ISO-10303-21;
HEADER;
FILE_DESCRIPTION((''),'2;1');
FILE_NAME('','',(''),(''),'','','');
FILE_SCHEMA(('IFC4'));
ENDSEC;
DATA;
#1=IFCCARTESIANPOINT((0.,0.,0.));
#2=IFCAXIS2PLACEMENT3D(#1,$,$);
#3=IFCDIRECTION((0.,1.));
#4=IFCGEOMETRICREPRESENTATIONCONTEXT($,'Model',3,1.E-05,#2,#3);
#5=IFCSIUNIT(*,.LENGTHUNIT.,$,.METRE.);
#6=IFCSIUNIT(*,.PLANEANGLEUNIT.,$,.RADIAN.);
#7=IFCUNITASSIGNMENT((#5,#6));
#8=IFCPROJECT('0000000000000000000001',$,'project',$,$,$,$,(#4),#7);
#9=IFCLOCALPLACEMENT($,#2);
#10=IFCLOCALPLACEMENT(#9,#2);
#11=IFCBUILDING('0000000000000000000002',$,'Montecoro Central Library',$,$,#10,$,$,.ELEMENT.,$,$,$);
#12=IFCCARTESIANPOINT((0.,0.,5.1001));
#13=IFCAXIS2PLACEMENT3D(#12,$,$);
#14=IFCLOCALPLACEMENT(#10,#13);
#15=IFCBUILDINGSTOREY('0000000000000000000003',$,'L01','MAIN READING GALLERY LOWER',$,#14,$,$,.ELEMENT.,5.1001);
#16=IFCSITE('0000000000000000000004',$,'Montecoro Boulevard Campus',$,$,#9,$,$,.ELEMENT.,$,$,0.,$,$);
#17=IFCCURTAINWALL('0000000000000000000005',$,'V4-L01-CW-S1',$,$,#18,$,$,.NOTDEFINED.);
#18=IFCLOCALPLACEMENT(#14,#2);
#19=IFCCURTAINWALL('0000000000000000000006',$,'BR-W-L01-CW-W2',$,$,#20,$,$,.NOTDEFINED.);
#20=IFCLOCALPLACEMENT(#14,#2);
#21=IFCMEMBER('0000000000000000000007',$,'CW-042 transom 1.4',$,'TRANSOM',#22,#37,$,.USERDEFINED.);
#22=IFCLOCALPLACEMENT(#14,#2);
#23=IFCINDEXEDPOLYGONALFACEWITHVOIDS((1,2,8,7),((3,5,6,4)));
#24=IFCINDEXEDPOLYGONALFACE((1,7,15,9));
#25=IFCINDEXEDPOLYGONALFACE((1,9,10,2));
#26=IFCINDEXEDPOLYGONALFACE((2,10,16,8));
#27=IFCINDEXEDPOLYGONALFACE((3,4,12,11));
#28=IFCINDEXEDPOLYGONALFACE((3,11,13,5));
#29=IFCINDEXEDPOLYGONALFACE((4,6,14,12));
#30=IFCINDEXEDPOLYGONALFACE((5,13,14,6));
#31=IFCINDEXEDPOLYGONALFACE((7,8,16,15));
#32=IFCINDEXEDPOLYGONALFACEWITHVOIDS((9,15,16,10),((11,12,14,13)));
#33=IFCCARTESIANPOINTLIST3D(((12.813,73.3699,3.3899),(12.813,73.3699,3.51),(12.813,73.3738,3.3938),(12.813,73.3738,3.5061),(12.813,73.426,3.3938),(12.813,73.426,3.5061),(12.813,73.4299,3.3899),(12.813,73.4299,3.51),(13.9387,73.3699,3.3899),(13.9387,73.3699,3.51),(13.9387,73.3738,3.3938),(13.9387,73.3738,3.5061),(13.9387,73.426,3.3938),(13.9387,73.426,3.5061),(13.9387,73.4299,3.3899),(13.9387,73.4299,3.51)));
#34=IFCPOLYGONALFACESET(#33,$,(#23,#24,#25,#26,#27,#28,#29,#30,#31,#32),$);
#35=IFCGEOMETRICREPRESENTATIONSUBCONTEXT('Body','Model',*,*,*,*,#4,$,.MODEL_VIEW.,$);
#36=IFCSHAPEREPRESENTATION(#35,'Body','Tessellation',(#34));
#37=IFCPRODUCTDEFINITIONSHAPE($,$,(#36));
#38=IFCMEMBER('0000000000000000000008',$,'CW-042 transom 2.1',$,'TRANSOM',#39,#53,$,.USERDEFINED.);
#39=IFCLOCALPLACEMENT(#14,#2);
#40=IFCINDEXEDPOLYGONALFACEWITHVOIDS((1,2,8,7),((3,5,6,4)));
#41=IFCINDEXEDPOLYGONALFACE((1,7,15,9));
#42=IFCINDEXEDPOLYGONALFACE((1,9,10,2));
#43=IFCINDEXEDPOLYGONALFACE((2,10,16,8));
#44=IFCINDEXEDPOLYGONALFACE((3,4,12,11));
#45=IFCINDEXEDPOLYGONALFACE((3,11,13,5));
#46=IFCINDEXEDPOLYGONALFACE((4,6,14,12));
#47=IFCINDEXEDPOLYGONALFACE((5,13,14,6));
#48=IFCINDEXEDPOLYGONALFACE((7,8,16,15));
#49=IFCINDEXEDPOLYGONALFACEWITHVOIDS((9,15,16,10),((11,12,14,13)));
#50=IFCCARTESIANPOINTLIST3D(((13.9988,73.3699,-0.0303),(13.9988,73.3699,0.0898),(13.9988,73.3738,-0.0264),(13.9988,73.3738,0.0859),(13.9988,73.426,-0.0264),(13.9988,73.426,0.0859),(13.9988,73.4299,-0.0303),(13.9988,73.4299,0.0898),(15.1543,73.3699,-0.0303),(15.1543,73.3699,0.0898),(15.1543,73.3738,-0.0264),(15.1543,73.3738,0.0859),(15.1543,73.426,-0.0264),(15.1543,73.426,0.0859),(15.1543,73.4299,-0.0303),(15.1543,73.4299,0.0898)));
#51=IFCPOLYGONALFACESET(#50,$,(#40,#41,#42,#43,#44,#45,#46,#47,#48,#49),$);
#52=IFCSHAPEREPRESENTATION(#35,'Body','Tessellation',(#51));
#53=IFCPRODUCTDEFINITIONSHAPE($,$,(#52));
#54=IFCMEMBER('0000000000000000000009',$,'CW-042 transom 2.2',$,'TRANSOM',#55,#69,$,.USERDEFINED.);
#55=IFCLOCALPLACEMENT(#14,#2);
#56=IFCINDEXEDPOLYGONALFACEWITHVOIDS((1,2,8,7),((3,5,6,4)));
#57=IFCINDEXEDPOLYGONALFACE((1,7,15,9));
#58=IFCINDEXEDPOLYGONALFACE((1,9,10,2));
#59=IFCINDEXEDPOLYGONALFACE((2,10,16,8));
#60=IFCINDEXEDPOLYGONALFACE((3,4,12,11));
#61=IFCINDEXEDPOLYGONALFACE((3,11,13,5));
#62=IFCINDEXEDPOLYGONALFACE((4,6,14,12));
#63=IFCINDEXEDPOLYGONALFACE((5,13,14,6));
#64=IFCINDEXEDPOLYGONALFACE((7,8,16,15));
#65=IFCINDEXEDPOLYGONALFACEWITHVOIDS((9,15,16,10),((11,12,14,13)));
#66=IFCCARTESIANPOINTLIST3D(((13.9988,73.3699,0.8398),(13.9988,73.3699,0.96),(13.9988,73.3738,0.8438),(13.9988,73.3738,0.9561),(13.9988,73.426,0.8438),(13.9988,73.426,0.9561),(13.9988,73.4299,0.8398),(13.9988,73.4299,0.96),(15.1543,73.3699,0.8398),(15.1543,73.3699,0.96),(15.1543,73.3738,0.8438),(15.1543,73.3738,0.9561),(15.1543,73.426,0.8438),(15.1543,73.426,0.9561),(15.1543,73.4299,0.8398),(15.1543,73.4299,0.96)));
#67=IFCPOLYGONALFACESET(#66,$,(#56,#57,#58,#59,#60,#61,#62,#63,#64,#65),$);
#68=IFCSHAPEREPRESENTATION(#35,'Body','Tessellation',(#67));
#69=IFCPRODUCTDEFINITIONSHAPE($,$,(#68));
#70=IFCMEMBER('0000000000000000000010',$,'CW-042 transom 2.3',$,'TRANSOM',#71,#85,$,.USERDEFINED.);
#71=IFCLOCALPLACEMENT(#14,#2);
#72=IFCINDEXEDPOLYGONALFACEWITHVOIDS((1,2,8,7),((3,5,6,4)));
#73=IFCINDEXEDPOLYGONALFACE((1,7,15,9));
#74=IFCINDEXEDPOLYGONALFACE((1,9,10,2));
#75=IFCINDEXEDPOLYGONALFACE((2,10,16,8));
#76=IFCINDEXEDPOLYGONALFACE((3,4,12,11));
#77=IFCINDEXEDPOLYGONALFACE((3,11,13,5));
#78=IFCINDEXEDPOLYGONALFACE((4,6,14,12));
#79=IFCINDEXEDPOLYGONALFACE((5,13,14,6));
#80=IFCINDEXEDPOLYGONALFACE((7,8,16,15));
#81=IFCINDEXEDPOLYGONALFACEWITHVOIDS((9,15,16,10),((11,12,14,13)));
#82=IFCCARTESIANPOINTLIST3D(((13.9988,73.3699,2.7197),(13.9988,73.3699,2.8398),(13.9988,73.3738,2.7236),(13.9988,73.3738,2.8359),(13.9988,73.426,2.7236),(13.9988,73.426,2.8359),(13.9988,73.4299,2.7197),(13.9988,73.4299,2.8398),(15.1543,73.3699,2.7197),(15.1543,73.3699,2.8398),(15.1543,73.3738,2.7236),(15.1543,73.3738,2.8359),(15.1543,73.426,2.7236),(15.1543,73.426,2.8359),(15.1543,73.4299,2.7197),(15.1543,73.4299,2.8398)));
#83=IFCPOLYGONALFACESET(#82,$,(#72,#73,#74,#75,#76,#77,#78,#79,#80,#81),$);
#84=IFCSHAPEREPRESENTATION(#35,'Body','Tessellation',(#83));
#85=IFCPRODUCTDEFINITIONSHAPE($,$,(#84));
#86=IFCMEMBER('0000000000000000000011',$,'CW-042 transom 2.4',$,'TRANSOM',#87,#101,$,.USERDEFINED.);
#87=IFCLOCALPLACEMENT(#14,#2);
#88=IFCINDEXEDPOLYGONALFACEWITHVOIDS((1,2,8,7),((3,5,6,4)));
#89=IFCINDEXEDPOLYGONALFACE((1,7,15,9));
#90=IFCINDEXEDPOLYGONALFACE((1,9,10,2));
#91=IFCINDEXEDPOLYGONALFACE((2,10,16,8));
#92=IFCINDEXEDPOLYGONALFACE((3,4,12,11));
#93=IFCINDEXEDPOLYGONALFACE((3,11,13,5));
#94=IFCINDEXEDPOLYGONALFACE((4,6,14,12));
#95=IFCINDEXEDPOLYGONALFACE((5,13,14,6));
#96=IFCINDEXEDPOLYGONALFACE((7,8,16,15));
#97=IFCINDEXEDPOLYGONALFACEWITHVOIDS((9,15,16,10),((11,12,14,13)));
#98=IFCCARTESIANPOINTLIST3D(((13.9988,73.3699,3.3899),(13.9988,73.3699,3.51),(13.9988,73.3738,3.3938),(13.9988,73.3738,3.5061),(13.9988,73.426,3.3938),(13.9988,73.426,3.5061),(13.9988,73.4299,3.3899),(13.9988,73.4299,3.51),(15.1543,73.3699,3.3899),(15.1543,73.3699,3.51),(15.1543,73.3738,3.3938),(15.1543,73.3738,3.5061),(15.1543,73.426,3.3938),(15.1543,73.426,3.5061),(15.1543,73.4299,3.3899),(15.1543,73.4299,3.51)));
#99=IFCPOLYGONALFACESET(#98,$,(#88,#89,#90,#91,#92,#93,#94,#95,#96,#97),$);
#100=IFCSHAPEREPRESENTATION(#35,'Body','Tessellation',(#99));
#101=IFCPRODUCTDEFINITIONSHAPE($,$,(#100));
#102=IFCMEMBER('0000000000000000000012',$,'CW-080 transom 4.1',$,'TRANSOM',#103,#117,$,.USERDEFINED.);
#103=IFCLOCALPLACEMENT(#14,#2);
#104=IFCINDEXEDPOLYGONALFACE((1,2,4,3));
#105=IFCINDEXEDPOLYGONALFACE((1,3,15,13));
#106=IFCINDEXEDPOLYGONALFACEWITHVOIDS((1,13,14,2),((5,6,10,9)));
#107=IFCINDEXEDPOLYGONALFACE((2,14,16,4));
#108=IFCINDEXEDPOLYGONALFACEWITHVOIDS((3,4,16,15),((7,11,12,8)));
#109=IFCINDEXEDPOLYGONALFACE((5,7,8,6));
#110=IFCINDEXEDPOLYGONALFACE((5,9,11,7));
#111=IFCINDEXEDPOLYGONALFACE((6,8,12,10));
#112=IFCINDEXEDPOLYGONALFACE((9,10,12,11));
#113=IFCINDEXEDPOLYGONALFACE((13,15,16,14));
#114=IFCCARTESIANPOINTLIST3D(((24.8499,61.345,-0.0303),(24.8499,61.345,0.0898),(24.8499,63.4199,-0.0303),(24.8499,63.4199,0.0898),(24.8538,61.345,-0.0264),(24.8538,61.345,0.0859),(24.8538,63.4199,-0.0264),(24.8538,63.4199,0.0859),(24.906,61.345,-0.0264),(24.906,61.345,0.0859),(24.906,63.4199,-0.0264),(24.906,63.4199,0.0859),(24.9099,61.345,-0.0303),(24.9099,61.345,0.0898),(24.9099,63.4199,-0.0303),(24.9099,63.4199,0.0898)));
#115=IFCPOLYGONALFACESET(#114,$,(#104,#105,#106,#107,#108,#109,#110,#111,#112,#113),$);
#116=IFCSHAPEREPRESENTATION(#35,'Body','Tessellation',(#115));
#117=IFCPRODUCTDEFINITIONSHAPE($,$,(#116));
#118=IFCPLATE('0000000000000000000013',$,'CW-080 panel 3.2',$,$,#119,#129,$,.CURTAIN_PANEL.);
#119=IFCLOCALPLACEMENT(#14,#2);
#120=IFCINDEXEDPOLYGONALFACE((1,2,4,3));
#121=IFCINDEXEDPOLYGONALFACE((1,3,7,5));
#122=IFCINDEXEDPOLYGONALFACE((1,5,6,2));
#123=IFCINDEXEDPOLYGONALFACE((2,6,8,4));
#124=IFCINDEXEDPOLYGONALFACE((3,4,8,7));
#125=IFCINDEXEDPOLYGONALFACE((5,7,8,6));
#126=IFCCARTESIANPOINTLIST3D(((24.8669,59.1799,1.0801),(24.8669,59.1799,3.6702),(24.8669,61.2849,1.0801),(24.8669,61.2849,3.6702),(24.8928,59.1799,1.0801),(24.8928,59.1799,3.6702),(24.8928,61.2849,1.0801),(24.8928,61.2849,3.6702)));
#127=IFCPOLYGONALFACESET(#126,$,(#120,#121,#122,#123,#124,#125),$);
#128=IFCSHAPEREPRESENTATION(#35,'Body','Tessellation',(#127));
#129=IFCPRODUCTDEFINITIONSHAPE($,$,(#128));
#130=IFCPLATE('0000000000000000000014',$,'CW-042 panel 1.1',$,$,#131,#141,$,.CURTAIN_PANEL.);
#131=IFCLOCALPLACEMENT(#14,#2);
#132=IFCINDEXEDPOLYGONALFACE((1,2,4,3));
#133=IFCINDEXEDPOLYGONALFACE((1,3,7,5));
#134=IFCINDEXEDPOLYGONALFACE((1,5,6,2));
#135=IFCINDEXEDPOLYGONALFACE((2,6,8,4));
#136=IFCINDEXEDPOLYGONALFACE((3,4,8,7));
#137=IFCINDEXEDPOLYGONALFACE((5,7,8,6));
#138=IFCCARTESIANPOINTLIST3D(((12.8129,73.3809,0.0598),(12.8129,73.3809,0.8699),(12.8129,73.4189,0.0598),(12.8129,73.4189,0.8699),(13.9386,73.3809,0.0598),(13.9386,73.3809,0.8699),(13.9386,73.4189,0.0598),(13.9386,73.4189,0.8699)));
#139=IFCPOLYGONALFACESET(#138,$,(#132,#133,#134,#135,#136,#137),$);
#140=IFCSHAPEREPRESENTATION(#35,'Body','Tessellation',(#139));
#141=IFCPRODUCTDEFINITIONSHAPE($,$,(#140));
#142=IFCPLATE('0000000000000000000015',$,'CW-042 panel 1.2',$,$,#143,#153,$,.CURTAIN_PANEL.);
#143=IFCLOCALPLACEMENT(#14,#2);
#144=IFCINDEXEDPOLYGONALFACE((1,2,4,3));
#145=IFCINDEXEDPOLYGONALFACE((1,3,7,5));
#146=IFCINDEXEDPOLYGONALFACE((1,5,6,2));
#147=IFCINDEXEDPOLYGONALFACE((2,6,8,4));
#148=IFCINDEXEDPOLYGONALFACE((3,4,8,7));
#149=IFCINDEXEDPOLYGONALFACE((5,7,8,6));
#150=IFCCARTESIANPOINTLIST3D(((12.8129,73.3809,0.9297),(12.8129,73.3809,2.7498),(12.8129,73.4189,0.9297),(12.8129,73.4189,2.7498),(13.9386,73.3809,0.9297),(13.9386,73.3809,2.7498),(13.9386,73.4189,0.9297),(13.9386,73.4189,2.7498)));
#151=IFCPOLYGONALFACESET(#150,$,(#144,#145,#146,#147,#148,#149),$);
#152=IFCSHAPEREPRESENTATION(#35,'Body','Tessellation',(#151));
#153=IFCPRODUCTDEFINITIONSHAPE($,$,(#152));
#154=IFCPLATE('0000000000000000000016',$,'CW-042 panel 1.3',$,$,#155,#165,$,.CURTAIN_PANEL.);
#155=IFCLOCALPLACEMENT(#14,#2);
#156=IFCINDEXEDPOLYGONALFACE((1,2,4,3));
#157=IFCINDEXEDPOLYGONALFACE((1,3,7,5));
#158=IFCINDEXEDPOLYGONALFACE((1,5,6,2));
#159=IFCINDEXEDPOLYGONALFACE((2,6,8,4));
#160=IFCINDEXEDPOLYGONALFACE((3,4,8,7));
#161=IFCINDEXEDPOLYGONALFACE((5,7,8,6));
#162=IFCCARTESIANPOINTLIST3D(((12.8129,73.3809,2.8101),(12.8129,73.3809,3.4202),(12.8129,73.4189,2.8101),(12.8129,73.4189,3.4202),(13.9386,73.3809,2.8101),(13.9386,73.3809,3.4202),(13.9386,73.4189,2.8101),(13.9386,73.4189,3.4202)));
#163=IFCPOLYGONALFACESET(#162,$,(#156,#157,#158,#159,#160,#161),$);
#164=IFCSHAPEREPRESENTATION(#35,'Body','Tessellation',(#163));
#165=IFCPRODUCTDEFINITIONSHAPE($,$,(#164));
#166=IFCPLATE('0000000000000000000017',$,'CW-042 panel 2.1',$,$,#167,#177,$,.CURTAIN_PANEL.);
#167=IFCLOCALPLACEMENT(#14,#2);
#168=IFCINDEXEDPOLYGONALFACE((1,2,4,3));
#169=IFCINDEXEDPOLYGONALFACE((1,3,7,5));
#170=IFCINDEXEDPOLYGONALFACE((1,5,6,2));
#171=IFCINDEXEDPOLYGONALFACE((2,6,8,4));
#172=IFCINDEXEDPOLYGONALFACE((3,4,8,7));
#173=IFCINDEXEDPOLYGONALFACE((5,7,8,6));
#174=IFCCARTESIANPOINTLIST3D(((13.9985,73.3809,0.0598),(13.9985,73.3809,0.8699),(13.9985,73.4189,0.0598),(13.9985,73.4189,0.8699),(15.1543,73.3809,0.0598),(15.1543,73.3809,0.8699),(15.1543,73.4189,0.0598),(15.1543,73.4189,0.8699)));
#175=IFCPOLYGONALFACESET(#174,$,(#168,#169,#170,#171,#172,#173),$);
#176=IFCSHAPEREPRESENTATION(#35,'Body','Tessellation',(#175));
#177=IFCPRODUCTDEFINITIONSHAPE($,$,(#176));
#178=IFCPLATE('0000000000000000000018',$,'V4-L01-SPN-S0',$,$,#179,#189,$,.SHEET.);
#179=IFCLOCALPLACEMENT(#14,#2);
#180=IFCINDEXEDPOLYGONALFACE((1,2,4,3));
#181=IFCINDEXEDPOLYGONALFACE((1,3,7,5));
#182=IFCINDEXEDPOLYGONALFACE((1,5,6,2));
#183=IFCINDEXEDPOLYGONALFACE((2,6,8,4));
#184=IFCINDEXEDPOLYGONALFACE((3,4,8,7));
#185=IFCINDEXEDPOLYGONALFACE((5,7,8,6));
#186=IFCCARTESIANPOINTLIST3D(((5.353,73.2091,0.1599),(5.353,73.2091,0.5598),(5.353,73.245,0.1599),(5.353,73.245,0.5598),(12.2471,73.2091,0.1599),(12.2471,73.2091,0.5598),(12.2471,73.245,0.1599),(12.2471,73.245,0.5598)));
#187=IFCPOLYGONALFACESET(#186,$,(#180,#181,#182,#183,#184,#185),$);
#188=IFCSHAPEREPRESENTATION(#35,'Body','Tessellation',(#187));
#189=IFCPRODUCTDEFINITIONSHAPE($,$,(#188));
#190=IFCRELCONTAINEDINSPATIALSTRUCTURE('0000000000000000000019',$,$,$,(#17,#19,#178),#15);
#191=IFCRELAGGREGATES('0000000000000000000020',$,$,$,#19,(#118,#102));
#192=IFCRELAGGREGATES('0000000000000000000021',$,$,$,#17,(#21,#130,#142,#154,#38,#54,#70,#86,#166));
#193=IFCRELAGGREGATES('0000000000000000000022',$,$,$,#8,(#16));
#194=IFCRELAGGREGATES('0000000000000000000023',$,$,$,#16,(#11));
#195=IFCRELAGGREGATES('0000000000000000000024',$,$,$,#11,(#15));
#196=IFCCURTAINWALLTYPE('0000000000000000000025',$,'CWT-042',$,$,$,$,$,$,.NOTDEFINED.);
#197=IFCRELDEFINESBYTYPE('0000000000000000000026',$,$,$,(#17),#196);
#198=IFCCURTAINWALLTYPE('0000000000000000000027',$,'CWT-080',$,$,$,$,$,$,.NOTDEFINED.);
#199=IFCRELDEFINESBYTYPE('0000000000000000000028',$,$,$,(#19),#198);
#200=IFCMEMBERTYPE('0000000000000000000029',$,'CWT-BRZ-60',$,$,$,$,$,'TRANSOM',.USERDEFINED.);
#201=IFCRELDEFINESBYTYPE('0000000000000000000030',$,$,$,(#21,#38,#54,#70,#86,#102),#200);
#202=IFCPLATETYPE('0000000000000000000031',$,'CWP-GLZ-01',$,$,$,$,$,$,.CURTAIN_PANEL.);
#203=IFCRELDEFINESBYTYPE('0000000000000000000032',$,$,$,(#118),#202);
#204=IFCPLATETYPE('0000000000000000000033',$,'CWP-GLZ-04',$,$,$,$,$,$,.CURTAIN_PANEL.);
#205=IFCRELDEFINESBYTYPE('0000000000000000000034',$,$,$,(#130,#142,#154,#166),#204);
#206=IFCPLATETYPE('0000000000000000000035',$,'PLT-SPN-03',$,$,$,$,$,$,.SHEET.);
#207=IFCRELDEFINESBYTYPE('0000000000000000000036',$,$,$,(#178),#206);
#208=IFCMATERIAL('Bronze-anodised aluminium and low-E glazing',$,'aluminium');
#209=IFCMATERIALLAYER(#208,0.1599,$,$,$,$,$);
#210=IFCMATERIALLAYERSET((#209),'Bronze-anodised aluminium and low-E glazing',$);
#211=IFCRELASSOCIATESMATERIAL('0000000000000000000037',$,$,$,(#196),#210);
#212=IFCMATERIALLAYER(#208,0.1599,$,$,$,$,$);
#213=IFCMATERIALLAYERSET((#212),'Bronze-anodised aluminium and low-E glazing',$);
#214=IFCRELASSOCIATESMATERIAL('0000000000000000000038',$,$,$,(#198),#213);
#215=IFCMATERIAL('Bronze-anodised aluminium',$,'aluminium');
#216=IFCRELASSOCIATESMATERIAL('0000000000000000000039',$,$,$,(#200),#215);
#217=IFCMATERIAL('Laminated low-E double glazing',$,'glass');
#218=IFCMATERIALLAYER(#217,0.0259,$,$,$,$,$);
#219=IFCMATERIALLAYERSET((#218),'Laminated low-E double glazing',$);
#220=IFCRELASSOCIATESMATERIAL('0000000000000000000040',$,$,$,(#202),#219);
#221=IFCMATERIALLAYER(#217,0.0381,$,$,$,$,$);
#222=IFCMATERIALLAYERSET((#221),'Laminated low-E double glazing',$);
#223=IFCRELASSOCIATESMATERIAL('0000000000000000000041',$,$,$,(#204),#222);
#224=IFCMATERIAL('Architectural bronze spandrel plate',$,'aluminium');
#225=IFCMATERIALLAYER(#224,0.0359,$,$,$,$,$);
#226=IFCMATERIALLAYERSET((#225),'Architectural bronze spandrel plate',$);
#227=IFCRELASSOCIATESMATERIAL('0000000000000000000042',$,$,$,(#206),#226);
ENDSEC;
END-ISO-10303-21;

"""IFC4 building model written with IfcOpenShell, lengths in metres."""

from ifc_helpers import new_model, si_unit, direction, frame, origin, origin_2d, place, context, subcontext, project, spatial, rectangle, hollow_rectangle, extrude, material, layer, layer_set, material_profile, profile_set, type_object, element, aggregate, save


model = new_model("IFC4")

# Units and contexts
model_context = context("Model", 3, precision=1e-05, world=origin(), true_north=direction((0.0, 1.0)))
body_context = subcontext(model_context, "Body", "Model", "MODEL_VIEW")
ifc_project = project(units=[si_unit("LENGTHUNIT", "METRE"), si_unit("PLANEANGLEUNIT", "RADIAN")], contexts=[model_context])

# Site, building, storey
site_placement = place(None, origin())
site = spatial("IfcSite", under=ifc_project, at=site_placement, Name="Montecoro Boulevard Campus", CompositionType="ELEMENT", RefElevation=0.0)
building_placement = place(site_placement, origin())
building = spatial("IfcBuilding", under=site, at=building_placement, Name="Montecoro Central Library", CompositionType="ELEMENT")
storey_placement = place(building_placement, frame((0.0, 0.0, 5.1001)))
storey = spatial("IfcBuildingStorey", under=building, at=storey_placement, Name="L01", Description="MAIN READING GALLERY LOWER", CompositionType="ELEMENT", Elevation=5.1001)

# Curtain wall
ifc_material_1 = material(Name="Bronze-anodised aluminium and low-E glazing", Category="aluminium")
ifc_layer_1 = layer(ifc_material_1, 0.1599)
ifc_layer_set_1 = layer_set([ifc_layer_1], Name="Bronze-anodised aluminium and low-E glazing")
curtain_wall_type_1 = type_object("IfcCurtainWallType", Name="CWT-042", PredefinedType="NOTDEFINED", material=ifc_layer_set_1)
curtain_wall_1_placement = place(storey_placement, origin())
curtain_wall_1 = element("IfcCurtainWall", 1, at=curtain_wall_1_placement, inside=storey, type_object=curtain_wall_type_1, Name="V4-L01-CW-S1", PredefinedType="NOTDEFINED")
ifc_material_2 = material(Name="Bronze-anodised aluminium", Category="aluminium")

# Curtain wall
ifc_layer_2 = layer(ifc_material_1, 0.1599)
ifc_layer_set_2 = layer_set([ifc_layer_2], Name="Bronze-anodised aluminium and low-E glazing")
curtain_wall_type_2 = type_object("IfcCurtainWallType", Name="CWT-080", PredefinedType="NOTDEFINED", material=ifc_layer_set_2)
curtain_wall_2_placement = place(storey_placement, origin())
curtain_wall_2 = element("IfcCurtainWall", 2, at=curtain_wall_2_placement, inside=storey, type_object=curtain_wall_type_2, Name="BR-W-L01-CW-W2", PredefinedType="NOTDEFINED")

# Members
ifc_material_profile_1 = material_profile(ifc_material_2, hollow_rectangle(XDim=0.0601, YDim=0.1201, WallThickness=0.0039, at=origin_2d()), Name="CWT 120x60x4.0")
ifc_profile_set_1 = profile_set([ifc_material_profile_1], Name="Bronze-anodised aluminium")
member_type_1 = type_object("IfcMemberType", Name="CWT-BRZ-60", ElementType="TRANSOM", PredefinedType="USERDEFINED", material=ifc_profile_set_1)
member_1_placement = place(storey_placement, frame((12.813, 73.3999, 3.45), z_axis=(1.0, 0.0, 0.0), x_axis=(0.0, 1.0, 0.0)))
member_1 = element("IfcMember", 3, at=member_1_placement, type_object=member_type_1, Name="CW-042 transom 1.4", ObjectType="TRANSOM", PredefinedType="USERDEFINED", context=body_context, shape_type="SweptSolid", body=[
    extrude(hollow_rectangle(XDim=0.0601, YDim=0.1201, WallThickness=0.0039, at=origin_2d()), origin(), (0.0, 0.0, 1.0), 1.1257),
])
member_2_placement = place(storey_placement, frame((13.9988, 73.3999, 0.0298), z_axis=(1.0, 0.0, 0.0), x_axis=(0.0, 1.0, 0.0)))
member_2 = element("IfcMember", 4, at=member_2_placement, type_object=member_type_1, Name="CW-042 transom 2.1", ObjectType="TRANSOM", PredefinedType="USERDEFINED", context=body_context, shape_type="SweptSolid", body=[
    extrude(hollow_rectangle(XDim=0.0601, YDim=0.1201, WallThickness=0.0039, at=origin_2d()), origin(), (0.0, 0.0, 1.0), 1.1555),
])
member_3_placement = place(storey_placement, frame((13.9988, 73.3999, 0.8999), z_axis=(1.0, 0.0, 0.0), x_axis=(0.0, 1.0, 0.0)))
member_3 = element("IfcMember", 5, at=member_3_placement, type_object=member_type_1, Name="CW-042 transom 2.2", ObjectType="TRANSOM", PredefinedType="USERDEFINED", context=body_context, shape_type="SweptSolid", body=[
    extrude(hollow_rectangle(XDim=0.0601, YDim=0.1201, WallThickness=0.0039, at=origin_2d()), origin(), (0.0, 0.0, 1.0), 1.1555),
])
member_4_placement = place(storey_placement, frame((13.9988, 73.3999, 2.7798), z_axis=(1.0, 0.0, 0.0), x_axis=(0.0, 1.0, 0.0)))
member_4 = element("IfcMember", 6, at=member_4_placement, type_object=member_type_1, Name="CW-042 transom 2.3", ObjectType="TRANSOM", PredefinedType="USERDEFINED", context=body_context, shape_type="SweptSolid", body=[
    extrude(hollow_rectangle(XDim=0.0601, YDim=0.1201, WallThickness=0.0039, at=origin_2d()), origin(), (0.0, 0.0, 1.0), 1.1555),
])
member_5_placement = place(storey_placement, frame((13.9988, 73.3999, 3.45), z_axis=(1.0, 0.0, 0.0), x_axis=(0.0, 1.0, 0.0)))
member_5 = element("IfcMember", 7, at=member_5_placement, type_object=member_type_1, Name="CW-042 transom 2.4", ObjectType="TRANSOM", PredefinedType="USERDEFINED", context=body_context, shape_type="SweptSolid", body=[
    extrude(hollow_rectangle(XDim=0.0601, YDim=0.1201, WallThickness=0.0039, at=origin_2d()), origin(), (0.0, 0.0, 1.0), 1.1555),
])
member_6_placement = place(storey_placement, frame((24.8799, 61.345, 0.0298), z_axis=(0.0, 1.0, 0.0), x_axis=(-1.0, 0.0, 0.0)))
member_6 = element("IfcMember", 8, at=member_6_placement, type_object=member_type_1, Name="CW-080 transom 4.1", ObjectType="TRANSOM", PredefinedType="USERDEFINED", context=body_context, shape_type="SweptSolid", body=[
    extrude(hollow_rectangle(XDim=0.0601, YDim=0.1201, WallThickness=0.0039, at=origin_2d()), origin(), (0.0, 0.0, 1.0), 2.075),
])

# Plates
ifc_material_3 = material(Name="Laminated low-E double glazing", Category="glass")
ifc_layer_3 = layer(ifc_material_3, 0.0259)
ifc_layer_set_3 = layer_set([ifc_layer_3], Name="Laminated low-E double glazing")
plate_type_1 = type_object("IfcPlateType", Name="CWP-GLZ-01", PredefinedType="CURTAIN_PANEL", material=ifc_layer_set_3)
plate_1_placement = place(storey_placement, frame((24.8799, 60.2324, 1.0801), z_axis=(0.0, 0.0, 1.0), x_axis=(0.0, 1.0, 0.0)))
plate_1 = element("IfcPlate", 9, at=plate_1_placement, type_object=plate_type_1, Name="CW-080 panel 3.2", PredefinedType="CURTAIN_PANEL", context=body_context, shape_type="SweptSolid", body=[
    extrude(rectangle(XDim=2.105, YDim=0.0259, at=origin_2d()), origin(), (0.0, 0.0, 1.0), 2.5901),
])
aggregate(curtain_wall_2, [plate_1, member_6])
ifc_layer_4 = layer(ifc_material_3, 0.0381)
ifc_layer_set_4 = layer_set([ifc_layer_4], Name="Laminated low-E double glazing")
plate_type_2 = type_object("IfcPlateType", Name="CWP-GLZ-04", PredefinedType="CURTAIN_PANEL", material=ifc_layer_set_4)
plate_2_placement = place(storey_placement, frame((13.3757, 73.3999, 0.0598), z_axis=(0.0, 0.0, 1.0), x_axis=(1.0, 0.0, 0.0)))
plate_2 = element("IfcPlate", 10, at=plate_2_placement, type_object=plate_type_2, Name="CW-042 panel 1.1", PredefinedType="CURTAIN_PANEL", context=body_context, shape_type="SweptSolid", body=[
    extrude(rectangle(XDim=1.1257, YDim=0.0381, at=origin_2d()), origin(), (0.0, 0.0, 1.0), 0.8101),
])
plate_3_placement = place(storey_placement, frame((13.3757, 73.3999, 0.9297), z_axis=(0.0, 0.0, 1.0), x_axis=(1.0, 0.0, 0.0)))
plate_3 = element("IfcPlate", 11, at=plate_3_placement, type_object=plate_type_2, Name="CW-042 panel 1.2", PredefinedType="CURTAIN_PANEL", context=body_context, shape_type="SweptSolid", body=[
    extrude(rectangle(XDim=1.1257, YDim=0.0381, at=origin_2d()), origin(), (0.0, 0.0, 1.0), 1.8201),
])
plate_4_placement = place(storey_placement, frame((13.3757, 73.3999, 2.8101), z_axis=(0.0, 0.0, 1.0), x_axis=(1.0, 0.0, 0.0)))
plate_4 = element("IfcPlate", 12, at=plate_4_placement, type_object=plate_type_2, Name="CW-042 panel 1.3", PredefinedType="CURTAIN_PANEL", context=body_context, shape_type="SweptSolid", body=[
    extrude(rectangle(XDim=1.1257, YDim=0.0381, at=origin_2d()), origin(), (0.0, 0.0, 1.0), 0.6101),
])
plate_5_placement = place(storey_placement, frame((14.5764, 73.3999, 0.0598), z_axis=(0.0, 0.0, 1.0), x_axis=(1.0, 0.0, 0.0)))
plate_5 = element("IfcPlate", 13, at=plate_5_placement, type_object=plate_type_2, Name="CW-042 panel 2.1", PredefinedType="CURTAIN_PANEL", context=body_context, shape_type="SweptSolid", body=[
    extrude(rectangle(XDim=1.1558, YDim=0.0381, at=origin_2d()), origin(), (0.0, 0.0, 1.0), 0.8101),
])
aggregate(curtain_wall_1, [member_1, plate_2, plate_3, plate_4, member_2, member_3, member_4, member_5, plate_5])
ifc_material_4 = material(Name="Architectural bronze spandrel plate", Category="aluminium")
ifc_layer_5 = layer(ifc_material_4, 0.0359)
ifc_layer_set_5 = layer_set([ifc_layer_5], Name="Architectural bronze spandrel plate")
plate_type_3 = type_object("IfcPlateType", Name="PLT-SPN-03", PredefinedType="SHEET", material=ifc_layer_set_5)
plate_6_placement = place(storey_placement, frame((8.8, 73.2271, 0.1599), z_axis=(0.0, 0.0, 1.0), x_axis=(1.0, 0.0, 0.0)))
element("IfcPlate", 14, at=plate_6_placement, inside=storey, type_object=plate_type_3, Name="V4-L01-SPN-S0", PredefinedType="SHEET", context=body_context, shape_type="SweptSolid", body=[
    extrude(rectangle(XDim=6.894, YDim=0.0359, at=origin_2d()), origin(), (0.0, 0.0, 1.0), 0.3999),
])

save(model, "model.ifc")
